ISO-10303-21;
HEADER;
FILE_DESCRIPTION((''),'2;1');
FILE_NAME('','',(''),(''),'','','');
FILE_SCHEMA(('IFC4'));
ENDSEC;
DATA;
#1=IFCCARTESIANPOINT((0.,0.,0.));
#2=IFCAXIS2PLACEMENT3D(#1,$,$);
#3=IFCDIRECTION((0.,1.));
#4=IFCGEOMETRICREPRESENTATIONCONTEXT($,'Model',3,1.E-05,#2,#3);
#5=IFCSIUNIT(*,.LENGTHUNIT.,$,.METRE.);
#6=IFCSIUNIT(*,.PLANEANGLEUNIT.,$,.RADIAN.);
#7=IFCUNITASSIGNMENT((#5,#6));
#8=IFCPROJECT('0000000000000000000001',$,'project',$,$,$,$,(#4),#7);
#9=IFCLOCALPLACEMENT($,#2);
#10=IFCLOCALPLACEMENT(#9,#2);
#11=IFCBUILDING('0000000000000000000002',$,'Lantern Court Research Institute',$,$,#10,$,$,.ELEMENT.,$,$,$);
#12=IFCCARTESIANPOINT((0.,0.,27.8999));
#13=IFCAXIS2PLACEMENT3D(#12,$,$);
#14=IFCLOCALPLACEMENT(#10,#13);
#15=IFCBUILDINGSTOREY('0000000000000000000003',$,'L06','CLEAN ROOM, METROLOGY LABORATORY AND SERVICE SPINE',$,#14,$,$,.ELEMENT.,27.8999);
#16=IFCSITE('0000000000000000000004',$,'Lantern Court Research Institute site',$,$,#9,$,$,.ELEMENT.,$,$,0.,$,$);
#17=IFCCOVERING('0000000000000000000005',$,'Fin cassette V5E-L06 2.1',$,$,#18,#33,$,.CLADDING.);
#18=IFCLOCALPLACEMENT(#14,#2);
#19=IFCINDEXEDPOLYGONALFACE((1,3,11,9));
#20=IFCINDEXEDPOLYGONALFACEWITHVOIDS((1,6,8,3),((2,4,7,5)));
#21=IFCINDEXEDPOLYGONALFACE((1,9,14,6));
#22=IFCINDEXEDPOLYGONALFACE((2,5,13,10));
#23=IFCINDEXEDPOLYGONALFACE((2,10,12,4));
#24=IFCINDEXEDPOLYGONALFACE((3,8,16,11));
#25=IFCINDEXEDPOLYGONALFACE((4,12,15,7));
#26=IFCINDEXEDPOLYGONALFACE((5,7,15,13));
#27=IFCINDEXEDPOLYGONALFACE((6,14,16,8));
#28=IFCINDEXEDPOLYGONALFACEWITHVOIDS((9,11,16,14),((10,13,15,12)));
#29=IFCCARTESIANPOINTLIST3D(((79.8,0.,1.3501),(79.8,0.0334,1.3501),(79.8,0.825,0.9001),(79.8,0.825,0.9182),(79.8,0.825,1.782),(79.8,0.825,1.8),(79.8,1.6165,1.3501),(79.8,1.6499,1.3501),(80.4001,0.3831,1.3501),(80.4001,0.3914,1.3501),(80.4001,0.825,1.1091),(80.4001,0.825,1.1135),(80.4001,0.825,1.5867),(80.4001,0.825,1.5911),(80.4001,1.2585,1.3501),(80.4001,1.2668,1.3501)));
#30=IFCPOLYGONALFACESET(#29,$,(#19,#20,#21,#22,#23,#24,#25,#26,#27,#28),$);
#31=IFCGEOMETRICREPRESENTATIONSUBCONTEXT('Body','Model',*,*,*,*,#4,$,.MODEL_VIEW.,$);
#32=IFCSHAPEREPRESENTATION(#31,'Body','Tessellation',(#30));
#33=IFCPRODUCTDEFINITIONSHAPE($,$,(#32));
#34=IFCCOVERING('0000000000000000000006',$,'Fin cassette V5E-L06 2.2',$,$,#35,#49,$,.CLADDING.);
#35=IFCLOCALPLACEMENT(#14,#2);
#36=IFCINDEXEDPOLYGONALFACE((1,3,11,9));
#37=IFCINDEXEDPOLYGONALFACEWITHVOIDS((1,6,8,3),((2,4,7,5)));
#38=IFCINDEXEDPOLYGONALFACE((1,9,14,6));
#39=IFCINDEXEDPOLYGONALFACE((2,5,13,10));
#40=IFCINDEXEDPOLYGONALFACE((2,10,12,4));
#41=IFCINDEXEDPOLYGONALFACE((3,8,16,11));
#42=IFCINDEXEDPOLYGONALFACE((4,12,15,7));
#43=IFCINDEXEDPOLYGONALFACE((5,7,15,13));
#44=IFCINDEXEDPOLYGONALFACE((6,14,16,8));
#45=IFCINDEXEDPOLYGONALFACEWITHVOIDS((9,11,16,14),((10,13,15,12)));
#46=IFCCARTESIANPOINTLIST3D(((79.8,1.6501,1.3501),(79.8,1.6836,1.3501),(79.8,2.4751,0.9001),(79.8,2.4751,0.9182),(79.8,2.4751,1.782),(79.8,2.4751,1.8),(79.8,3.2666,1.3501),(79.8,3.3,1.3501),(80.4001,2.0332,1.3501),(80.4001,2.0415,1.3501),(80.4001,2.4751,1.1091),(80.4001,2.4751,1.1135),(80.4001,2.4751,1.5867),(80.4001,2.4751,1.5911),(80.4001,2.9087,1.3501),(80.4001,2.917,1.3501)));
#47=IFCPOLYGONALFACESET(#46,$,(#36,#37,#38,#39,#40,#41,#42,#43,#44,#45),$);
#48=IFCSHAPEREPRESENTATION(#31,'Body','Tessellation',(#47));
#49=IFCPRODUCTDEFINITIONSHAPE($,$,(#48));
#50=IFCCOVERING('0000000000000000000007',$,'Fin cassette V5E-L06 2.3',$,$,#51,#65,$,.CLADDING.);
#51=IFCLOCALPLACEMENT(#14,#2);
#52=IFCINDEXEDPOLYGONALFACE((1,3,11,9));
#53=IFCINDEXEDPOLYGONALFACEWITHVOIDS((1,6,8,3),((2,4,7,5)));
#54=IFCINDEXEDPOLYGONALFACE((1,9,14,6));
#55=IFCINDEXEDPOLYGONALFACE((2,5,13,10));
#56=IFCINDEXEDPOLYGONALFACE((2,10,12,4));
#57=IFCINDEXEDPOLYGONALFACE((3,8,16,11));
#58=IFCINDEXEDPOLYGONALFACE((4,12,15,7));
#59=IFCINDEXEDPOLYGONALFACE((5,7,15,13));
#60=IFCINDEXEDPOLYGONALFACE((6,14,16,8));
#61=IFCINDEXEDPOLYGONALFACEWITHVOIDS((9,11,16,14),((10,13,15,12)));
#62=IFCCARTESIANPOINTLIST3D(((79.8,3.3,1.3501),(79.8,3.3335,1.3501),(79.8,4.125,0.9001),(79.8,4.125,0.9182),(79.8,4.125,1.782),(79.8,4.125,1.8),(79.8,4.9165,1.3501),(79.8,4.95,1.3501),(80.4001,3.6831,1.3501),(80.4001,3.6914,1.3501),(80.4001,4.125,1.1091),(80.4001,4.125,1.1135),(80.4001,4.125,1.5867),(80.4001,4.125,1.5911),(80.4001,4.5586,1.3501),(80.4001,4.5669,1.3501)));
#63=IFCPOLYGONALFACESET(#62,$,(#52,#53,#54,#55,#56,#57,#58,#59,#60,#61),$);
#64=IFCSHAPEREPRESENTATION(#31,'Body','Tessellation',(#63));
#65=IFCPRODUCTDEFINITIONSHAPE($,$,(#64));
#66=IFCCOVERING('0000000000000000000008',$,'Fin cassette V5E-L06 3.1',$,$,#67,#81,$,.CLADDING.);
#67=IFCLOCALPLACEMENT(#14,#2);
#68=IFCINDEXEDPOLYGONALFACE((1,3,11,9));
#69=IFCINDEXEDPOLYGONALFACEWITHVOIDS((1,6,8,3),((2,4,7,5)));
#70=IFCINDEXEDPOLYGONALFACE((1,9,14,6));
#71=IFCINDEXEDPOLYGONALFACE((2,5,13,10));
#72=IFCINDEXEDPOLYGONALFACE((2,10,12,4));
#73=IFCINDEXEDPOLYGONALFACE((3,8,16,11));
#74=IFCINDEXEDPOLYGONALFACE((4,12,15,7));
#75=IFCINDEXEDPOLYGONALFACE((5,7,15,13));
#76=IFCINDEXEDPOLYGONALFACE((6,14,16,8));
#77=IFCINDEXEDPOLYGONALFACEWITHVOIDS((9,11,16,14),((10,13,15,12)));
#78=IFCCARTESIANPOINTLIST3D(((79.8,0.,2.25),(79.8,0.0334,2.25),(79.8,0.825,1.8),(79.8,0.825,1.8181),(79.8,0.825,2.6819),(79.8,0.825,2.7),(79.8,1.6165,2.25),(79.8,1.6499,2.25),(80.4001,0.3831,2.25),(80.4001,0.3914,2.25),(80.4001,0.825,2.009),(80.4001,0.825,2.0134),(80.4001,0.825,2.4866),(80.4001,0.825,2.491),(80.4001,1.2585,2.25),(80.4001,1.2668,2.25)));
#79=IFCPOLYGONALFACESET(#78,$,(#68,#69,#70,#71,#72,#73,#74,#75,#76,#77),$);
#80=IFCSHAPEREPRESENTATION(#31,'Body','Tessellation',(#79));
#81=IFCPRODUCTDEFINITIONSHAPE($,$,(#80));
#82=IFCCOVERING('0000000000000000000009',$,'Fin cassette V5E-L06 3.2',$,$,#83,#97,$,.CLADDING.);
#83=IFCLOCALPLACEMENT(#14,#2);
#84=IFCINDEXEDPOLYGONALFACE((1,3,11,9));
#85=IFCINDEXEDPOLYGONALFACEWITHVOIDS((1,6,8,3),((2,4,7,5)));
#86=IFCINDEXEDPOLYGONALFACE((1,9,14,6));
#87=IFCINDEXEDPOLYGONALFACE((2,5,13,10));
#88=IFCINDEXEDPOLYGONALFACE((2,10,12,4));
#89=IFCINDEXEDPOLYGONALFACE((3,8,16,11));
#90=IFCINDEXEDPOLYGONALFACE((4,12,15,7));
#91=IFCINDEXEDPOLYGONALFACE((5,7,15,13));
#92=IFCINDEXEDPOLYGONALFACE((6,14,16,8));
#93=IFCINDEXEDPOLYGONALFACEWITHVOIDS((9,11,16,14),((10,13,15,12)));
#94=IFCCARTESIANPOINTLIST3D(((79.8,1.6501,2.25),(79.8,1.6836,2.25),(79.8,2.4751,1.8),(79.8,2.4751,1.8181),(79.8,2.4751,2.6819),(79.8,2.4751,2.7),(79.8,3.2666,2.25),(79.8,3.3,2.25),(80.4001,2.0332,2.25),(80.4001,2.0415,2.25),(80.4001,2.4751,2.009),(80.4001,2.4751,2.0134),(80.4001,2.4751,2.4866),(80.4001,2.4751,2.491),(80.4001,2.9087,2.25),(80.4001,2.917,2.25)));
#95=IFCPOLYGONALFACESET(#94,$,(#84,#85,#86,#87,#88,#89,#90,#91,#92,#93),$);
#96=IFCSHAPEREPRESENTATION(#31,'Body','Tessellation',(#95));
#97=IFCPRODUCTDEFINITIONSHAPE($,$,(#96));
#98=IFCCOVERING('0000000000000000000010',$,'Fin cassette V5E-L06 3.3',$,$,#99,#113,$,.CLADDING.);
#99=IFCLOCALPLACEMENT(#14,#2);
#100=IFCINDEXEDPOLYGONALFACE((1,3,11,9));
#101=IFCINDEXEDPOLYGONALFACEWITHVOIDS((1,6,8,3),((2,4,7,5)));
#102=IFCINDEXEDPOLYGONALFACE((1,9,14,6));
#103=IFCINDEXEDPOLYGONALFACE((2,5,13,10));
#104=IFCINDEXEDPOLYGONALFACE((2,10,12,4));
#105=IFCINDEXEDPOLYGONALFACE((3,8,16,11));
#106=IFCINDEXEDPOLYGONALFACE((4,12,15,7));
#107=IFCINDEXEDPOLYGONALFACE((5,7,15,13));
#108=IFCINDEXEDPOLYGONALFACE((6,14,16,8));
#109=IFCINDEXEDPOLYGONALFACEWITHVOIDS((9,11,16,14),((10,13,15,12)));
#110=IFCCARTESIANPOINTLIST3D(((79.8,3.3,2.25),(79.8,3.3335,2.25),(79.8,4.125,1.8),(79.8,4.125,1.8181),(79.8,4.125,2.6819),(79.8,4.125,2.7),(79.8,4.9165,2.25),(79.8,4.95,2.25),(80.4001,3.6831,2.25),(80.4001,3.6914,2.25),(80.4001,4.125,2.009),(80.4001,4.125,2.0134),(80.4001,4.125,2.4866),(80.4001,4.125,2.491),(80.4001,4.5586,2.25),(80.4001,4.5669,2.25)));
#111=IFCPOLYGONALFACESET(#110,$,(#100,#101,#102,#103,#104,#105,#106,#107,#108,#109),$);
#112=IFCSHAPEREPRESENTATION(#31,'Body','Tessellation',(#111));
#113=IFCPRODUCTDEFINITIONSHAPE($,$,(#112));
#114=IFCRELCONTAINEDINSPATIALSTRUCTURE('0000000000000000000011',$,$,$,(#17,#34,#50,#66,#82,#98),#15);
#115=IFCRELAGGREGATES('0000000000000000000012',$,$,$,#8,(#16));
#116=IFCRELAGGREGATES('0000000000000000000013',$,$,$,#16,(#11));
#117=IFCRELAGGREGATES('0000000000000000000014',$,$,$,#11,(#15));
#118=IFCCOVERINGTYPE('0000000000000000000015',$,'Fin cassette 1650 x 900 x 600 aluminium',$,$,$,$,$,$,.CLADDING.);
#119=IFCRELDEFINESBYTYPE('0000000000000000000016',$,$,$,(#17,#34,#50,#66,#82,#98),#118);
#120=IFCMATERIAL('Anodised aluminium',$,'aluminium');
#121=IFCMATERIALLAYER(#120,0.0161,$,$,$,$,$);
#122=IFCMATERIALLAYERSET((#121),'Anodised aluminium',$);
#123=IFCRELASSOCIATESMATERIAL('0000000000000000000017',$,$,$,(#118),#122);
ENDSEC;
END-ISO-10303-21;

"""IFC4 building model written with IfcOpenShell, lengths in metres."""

from ifc_helpers import new_model, entity, si_unit, direction, frame, origin, place, context, subcontext, project, spatial, material, layer, layer_set, type_object, element, save


model = new_model("IFC4")

# Units and contexts
model_context = context("Model", 3, precision=1e-05, world=origin(), true_north=direction((0.0, 1.0)))
body_context = subcontext(model_context, "Body", "Model", "MODEL_VIEW")
ifc_project = project(units=[si_unit("LENGTHUNIT", "METRE"), si_unit("PLANEANGLEUNIT", "RADIAN")], contexts=[model_context])

# Site, building, storey
site_placement = place(None, origin())
site = spatial("IfcSite", under=ifc_project, at=site_placement, Name="Lantern Court Research Institute site", CompositionType="ELEMENT", RefElevation=0.0)
building_placement = place(site_placement, origin())
building = spatial("IfcBuilding", under=site, at=building_placement, Name="Lantern Court Research Institute", CompositionType="ELEMENT")
storey_placement = place(building_placement, frame((0.0, 0.0, 27.8999)))
storey = spatial("IfcBuildingStorey", under=building, at=storey_placement, Name="L06", Description="CLEAN ROOM, METROLOGY LABORATORY AND SERVICE SPINE", CompositionType="ELEMENT", Elevation=27.8999)

# Coverings
ifc_material_1 = material(Name="Anodised aluminium", Category="aluminium")
ifc_layer_1 = layer(ifc_material_1, 0.0161)
ifc_layer_set_1 = layer_set([ifc_layer_1], Name="Anodised aluminium")
covering_type = type_object("IfcCoveringType", Name="Fin cassette 1650 x 900 x 600 aluminium", PredefinedType="CLADDING", material=ifc_layer_set_1)
covering_1_placement = place(storey_placement, frame((79.8, 0.825, 1.3501), z_axis=(1.0, 0.0, 0.0), x_axis=(0.0, 1.0, 0.0)))
cartesian_point_1 = entity("IfcCartesianPoint", [0.825, 0.0])
cartesian_point_2 = entity("IfcCartesianPoint", [0.7915, 0.0])
cartesian_point_3 = entity("IfcCartesianPoint", [0.4419, 0.0])
cartesian_point_4 = entity("IfcCartesianPoint", [0.4336, 0.0])
element("IfcCovering", 1, at=covering_1_placement, inside=storey, type_object=covering_type, Name="Fin cassette V5E-L06 2.1", PredefinedType="CLADDING", context=body_context, shape_type="SweptSolid", body=[
    entity("IfcExtrudedAreaSolidTapered", entity("IfcArbitraryProfileDefWithVoids", "AREA", None, entity("IfcPolyline", [cartesian_point_1, entity("IfcCartesianPoint", [0.0, 0.45]), entity("IfcCartesianPoint", [-0.825, 0.0]), entity("IfcCartesianPoint", [0.0, -0.45]), cartesian_point_1]), [entity("IfcPolyline", [cartesian_point_2, entity("IfcCartesianPoint", [0.0, 0.4319]), entity("IfcCartesianPoint", [-0.7915, 0.0]), entity("IfcCartesianPoint", [0.0, -0.4319]), cartesian_point_2])]), entity("IfcAxis2Placement3D", entity("IfcCartesianPoint", [0.0, 0.0, 0.0])), entity("IfcDirection", [0.0, 0.0, 1.0]), 0.6001, entity("IfcArbitraryProfileDefWithVoids", "AREA", None, entity("IfcPolyline", [cartesian_point_3, entity("IfcCartesianPoint", [0.0, 0.241]), entity("IfcCartesianPoint", [-0.4419, 0.0]), entity("IfcCartesianPoint", [0.0, -0.241]), cartesian_point_3]), [entity("IfcPolyline", [cartesian_point_4, entity("IfcCartesianPoint", [0.0, 0.2366]), entity("IfcCartesianPoint", [-0.4336, 0.0]), entity("IfcCartesianPoint", [0.0, -0.2366]), cartesian_point_4])])),
])
covering_2_placement = place(storey_placement, frame((79.8, 2.4751, 1.3501), z_axis=(1.0, 0.0, 0.0), x_axis=(0.0, 1.0, 0.0)))
cartesian_point_5 = entity("IfcCartesianPoint", [0.825, 0.0])
cartesian_point_6 = entity("IfcCartesianPoint", [0.7915, 0.0])
cartesian_point_7 = entity("IfcCartesianPoint", [0.4419, 0.0])
cartesian_point_8 = entity("IfcCartesianPoint", [0.4336, 0.0])
element("IfcCovering", 2, at=covering_2_placement, inside=storey, type_object=covering_type, Name="Fin cassette V5E-L06 2.2", PredefinedType="CLADDING", context=body_context, shape_type="SweptSolid", body=[
    entity("IfcExtrudedAreaSolidTapered", entity("IfcArbitraryProfileDefWithVoids", "AREA", None, entity("IfcPolyline", [cartesian_point_5, entity("IfcCartesianPoint", [0.0, 0.45]), entity("IfcCartesianPoint", [-0.825, 0.0]), entity("IfcCartesianPoint", [0.0, -0.45]), cartesian_point_5]), [entity("IfcPolyline", [cartesian_point_6, entity("IfcCartesianPoint", [0.0, 0.4319]), entity("IfcCartesianPoint", [-0.7915, 0.0]), entity("IfcCartesianPoint", [0.0, -0.4319]), cartesian_point_6])]), entity("IfcAxis2Placement3D", entity("IfcCartesianPoint", [0.0, 0.0, 0.0])), entity("IfcDirection", [0.0, 0.0, 1.0]), 0.6001, entity("IfcArbitraryProfileDefWithVoids", "AREA", None, entity("IfcPolyline", [cartesian_point_7, entity("IfcCartesianPoint", [0.0, 0.241]), entity("IfcCartesianPoint", [-0.4419, 0.0]), entity("IfcCartesianPoint", [0.0, -0.241]), cartesian_point_7]), [entity("IfcPolyline", [cartesian_point_8, entity("IfcCartesianPoint", [0.0, 0.2366]), entity("IfcCartesianPoint", [-0.4336, 0.0]), entity("IfcCartesianPoint", [0.0, -0.2366]), cartesian_point_8])])),
])
covering_3_placement = place(storey_placement, frame((79.8, 4.125, 1.3501), z_axis=(1.0, 0.0, 0.0), x_axis=(0.0, 1.0, 0.0)))
cartesian_point_9 = entity("IfcCartesianPoint", [0.825, 0.0])
cartesian_point_10 = entity("IfcCartesianPoint", [0.7915, 0.0])
cartesian_point_11 = entity("IfcCartesianPoint", [0.4419, 0.0])
cartesian_point_12 = entity("IfcCartesianPoint", [0.4336, 0.0])
element("IfcCovering", 3, at=covering_3_placement, inside=storey, type_object=covering_type, Name="Fin cassette V5E-L06 2.3", PredefinedType="CLADDING", context=body_context, shape_type="SweptSolid", body=[
    entity("IfcExtrudedAreaSolidTapered", entity("IfcArbitraryProfileDefWithVoids", "AREA", None, entity("IfcPolyline", [cartesian_point_9, entity("IfcCartesianPoint", [0.0, 0.45]), entity("IfcCartesianPoint", [-0.825, 0.0]), entity("IfcCartesianPoint", [0.0, -0.45]), cartesian_point_9]), [entity("IfcPolyline", [cartesian_point_10, entity("IfcCartesianPoint", [0.0, 0.4319]), entity("IfcCartesianPoint", [-0.7915, 0.0]), entity("IfcCartesianPoint", [0.0, -0.4319]), cartesian_point_10])]), entity("IfcAxis2Placement3D", entity("IfcCartesianPoint", [0.0, 0.0, 0.0])), entity("IfcDirection", [0.0, 0.0, 1.0]), 0.6001, entity("IfcArbitraryProfileDefWithVoids", "AREA", None, entity("IfcPolyline", [cartesian_point_11, entity("IfcCartesianPoint", [0.0, 0.241]), entity("IfcCartesianPoint", [-0.4419, 0.0]), entity("IfcCartesianPoint", [0.0, -0.241]), cartesian_point_11]), [entity("IfcPolyline", [cartesian_point_12, entity("IfcCartesianPoint", [0.0, 0.2366]), entity("IfcCartesianPoint", [-0.4336, 0.0]), entity("IfcCartesianPoint", [0.0, -0.2366]), cartesian_point_12])])),
])
covering_4_placement = place(storey_placement, frame((79.8, 0.825, 2.25), z_axis=(1.0, 0.0, 0.0), x_axis=(0.0, 1.0, 0.0)))
cartesian_point_13 = entity("IfcCartesianPoint", [0.825, 0.0])
cartesian_point_14 = entity("IfcCartesianPoint", [0.7915, 0.0])
cartesian_point_15 = entity("IfcCartesianPoint", [0.4419, 0.0])
cartesian_point_16 = entity("IfcCartesianPoint", [0.4336, 0.0])
element("IfcCovering", 4, at=covering_4_placement, inside=storey, type_object=covering_type, Name="Fin cassette V5E-L06 3.1", PredefinedType="CLADDING", context=body_context, shape_type="SweptSolid", body=[
    entity("IfcExtrudedAreaSolidTapered", entity("IfcArbitraryProfileDefWithVoids", "AREA", None, entity("IfcPolyline", [cartesian_point_13, entity("IfcCartesianPoint", [0.0, 0.45]), entity("IfcCartesianPoint", [-0.825, 0.0]), entity("IfcCartesianPoint", [0.0, -0.45]), cartesian_point_13]), [entity("IfcPolyline", [cartesian_point_14, entity("IfcCartesianPoint", [0.0, 0.4319]), entity("IfcCartesianPoint", [-0.7915, 0.0]), entity("IfcCartesianPoint", [0.0, -0.4319]), cartesian_point_14])]), entity("IfcAxis2Placement3D", entity("IfcCartesianPoint", [0.0, 0.0, 0.0])), entity("IfcDirection", [0.0, 0.0, 1.0]), 0.6001, entity("IfcArbitraryProfileDefWithVoids", "AREA", None, entity("IfcPolyline", [cartesian_point_15, entity("IfcCartesianPoint", [0.0, 0.241]), entity("IfcCartesianPoint", [-0.4419, 0.0]), entity("IfcCartesianPoint", [0.0, -0.241]), cartesian_point_15]), [entity("IfcPolyline", [cartesian_point_16, entity("IfcCartesianPoint", [0.0, 0.2366]), entity("IfcCartesianPoint", [-0.4336, 0.0]), entity("IfcCartesianPoint", [0.0, -0.2366]), cartesian_point_16])])),
])
covering_5_placement = place(storey_placement, frame((79.8, 2.4751, 2.25), z_axis=(1.0, 0.0, 0.0), x_axis=(0.0, 1.0, 0.0)))
cartesian_point_17 = entity("IfcCartesianPoint", [0.825, 0.0])
cartesian_point_18 = entity("IfcCartesianPoint", [0.7915, 0.0])
cartesian_point_19 = entity("IfcCartesianPoint", [0.4419, 0.0])
cartesian_point_20 = entity("IfcCartesianPoint", [0.4336, 0.0])
element("IfcCovering", 5, at=covering_5_placement, inside=storey, type_object=covering_type, Name="Fin cassette V5E-L06 3.2", PredefinedType="CLADDING", context=body_context, shape_type="SweptSolid", body=[
    entity("IfcExtrudedAreaSolidTapered", entity("IfcArbitraryProfileDefWithVoids", "AREA", None, entity("IfcPolyline", [cartesian_point_17, entity("IfcCartesianPoint", [0.0, 0.45]), entity("IfcCartesianPoint", [-0.825, 0.0]), entity("IfcCartesianPoint", [0.0, -0.45]), cartesian_point_17]), [entity("IfcPolyline", [cartesian_point_18, entity("IfcCartesianPoint", [0.0, 0.4319]), entity("IfcCartesianPoint", [-0.7915, 0.0]), entity("IfcCartesianPoint", [0.0, -0.4319]), cartesian_point_18])]), entity("IfcAxis2Placement3D", entity("IfcCartesianPoint", [0.0, 0.0, 0.0])), entity("IfcDirection", [0.0, 0.0, 1.0]), 0.6001, entity("IfcArbitraryProfileDefWithVoids", "AREA", None, entity("IfcPolyline", [cartesian_point_19, entity("IfcCartesianPoint", [0.0, 0.241]), entity("IfcCartesianPoint", [-0.4419, 0.0]), entity("IfcCartesianPoint", [0.0, -0.241]), cartesian_point_19]), [entity("IfcPolyline", [cartesian_point_20, entity("IfcCartesianPoint", [0.0, 0.2366]), entity("IfcCartesianPoint", [-0.4336, 0.0]), entity("IfcCartesianPoint", [0.0, -0.2366]), cartesian_point_20])])),
])
covering_6_placement = place(storey_placement, frame((79.8, 4.125, 2.25), z_axis=(1.0, 0.0, 0.0), x_axis=(0.0, 1.0, 0.0)))
cartesian_point_21 = entity("IfcCartesianPoint", [0.825, 0.0])
cartesian_point_22 = entity("IfcCartesianPoint", [0.7915, 0.0])
cartesian_point_23 = entity("IfcCartesianPoint", [0.4419, 0.0])
cartesian_point_24 = entity("IfcCartesianPoint", [0.4336, 0.0])
element("IfcCovering", 6, at=covering_6_placement, inside=storey, type_object=covering_type, Name="Fin cassette V5E-L06 3.3", PredefinedType="CLADDING", context=body_context, shape_type="SweptSolid", body=[
    entity("IfcExtrudedAreaSolidTapered", entity("IfcArbitraryProfileDefWithVoids", "AREA", None, entity("IfcPolyline", [cartesian_point_21, entity("IfcCartesianPoint", [0.0, 0.45]), entity("IfcCartesianPoint", [-0.825, 0.0]), entity("IfcCartesianPoint", [0.0, -0.45]), cartesian_point_21]), [entity("IfcPolyline", [cartesian_point_22, entity("IfcCartesianPoint", [0.0, 0.4319]), entity("IfcCartesianPoint", [-0.7915, 0.0]), entity("IfcCartesianPoint", [0.0, -0.4319]), cartesian_point_22])]), entity("IfcAxis2Placement3D", entity("IfcCartesianPoint", [0.0, 0.0, 0.0])), entity("IfcDirection", [0.0, 0.0, 1.0]), 0.6001, entity("IfcArbitraryProfileDefWithVoids", "AREA", None, entity("IfcPolyline", [cartesian_point_23, entity("IfcCartesianPoint", [0.0, 0.241]), entity("IfcCartesianPoint", [-0.4419, 0.0]), entity("IfcCartesianPoint", [0.0, -0.241]), cartesian_point_23]), [entity("IfcPolyline", [cartesian_point_24, entity("IfcCartesianPoint", [0.0, 0.2366]), entity("IfcCartesianPoint", [-0.4336, 0.0]), entity("IfcCartesianPoint", [0.0, -0.2366]), cartesian_point_24])])),
])

save(model, "model.ifc")
